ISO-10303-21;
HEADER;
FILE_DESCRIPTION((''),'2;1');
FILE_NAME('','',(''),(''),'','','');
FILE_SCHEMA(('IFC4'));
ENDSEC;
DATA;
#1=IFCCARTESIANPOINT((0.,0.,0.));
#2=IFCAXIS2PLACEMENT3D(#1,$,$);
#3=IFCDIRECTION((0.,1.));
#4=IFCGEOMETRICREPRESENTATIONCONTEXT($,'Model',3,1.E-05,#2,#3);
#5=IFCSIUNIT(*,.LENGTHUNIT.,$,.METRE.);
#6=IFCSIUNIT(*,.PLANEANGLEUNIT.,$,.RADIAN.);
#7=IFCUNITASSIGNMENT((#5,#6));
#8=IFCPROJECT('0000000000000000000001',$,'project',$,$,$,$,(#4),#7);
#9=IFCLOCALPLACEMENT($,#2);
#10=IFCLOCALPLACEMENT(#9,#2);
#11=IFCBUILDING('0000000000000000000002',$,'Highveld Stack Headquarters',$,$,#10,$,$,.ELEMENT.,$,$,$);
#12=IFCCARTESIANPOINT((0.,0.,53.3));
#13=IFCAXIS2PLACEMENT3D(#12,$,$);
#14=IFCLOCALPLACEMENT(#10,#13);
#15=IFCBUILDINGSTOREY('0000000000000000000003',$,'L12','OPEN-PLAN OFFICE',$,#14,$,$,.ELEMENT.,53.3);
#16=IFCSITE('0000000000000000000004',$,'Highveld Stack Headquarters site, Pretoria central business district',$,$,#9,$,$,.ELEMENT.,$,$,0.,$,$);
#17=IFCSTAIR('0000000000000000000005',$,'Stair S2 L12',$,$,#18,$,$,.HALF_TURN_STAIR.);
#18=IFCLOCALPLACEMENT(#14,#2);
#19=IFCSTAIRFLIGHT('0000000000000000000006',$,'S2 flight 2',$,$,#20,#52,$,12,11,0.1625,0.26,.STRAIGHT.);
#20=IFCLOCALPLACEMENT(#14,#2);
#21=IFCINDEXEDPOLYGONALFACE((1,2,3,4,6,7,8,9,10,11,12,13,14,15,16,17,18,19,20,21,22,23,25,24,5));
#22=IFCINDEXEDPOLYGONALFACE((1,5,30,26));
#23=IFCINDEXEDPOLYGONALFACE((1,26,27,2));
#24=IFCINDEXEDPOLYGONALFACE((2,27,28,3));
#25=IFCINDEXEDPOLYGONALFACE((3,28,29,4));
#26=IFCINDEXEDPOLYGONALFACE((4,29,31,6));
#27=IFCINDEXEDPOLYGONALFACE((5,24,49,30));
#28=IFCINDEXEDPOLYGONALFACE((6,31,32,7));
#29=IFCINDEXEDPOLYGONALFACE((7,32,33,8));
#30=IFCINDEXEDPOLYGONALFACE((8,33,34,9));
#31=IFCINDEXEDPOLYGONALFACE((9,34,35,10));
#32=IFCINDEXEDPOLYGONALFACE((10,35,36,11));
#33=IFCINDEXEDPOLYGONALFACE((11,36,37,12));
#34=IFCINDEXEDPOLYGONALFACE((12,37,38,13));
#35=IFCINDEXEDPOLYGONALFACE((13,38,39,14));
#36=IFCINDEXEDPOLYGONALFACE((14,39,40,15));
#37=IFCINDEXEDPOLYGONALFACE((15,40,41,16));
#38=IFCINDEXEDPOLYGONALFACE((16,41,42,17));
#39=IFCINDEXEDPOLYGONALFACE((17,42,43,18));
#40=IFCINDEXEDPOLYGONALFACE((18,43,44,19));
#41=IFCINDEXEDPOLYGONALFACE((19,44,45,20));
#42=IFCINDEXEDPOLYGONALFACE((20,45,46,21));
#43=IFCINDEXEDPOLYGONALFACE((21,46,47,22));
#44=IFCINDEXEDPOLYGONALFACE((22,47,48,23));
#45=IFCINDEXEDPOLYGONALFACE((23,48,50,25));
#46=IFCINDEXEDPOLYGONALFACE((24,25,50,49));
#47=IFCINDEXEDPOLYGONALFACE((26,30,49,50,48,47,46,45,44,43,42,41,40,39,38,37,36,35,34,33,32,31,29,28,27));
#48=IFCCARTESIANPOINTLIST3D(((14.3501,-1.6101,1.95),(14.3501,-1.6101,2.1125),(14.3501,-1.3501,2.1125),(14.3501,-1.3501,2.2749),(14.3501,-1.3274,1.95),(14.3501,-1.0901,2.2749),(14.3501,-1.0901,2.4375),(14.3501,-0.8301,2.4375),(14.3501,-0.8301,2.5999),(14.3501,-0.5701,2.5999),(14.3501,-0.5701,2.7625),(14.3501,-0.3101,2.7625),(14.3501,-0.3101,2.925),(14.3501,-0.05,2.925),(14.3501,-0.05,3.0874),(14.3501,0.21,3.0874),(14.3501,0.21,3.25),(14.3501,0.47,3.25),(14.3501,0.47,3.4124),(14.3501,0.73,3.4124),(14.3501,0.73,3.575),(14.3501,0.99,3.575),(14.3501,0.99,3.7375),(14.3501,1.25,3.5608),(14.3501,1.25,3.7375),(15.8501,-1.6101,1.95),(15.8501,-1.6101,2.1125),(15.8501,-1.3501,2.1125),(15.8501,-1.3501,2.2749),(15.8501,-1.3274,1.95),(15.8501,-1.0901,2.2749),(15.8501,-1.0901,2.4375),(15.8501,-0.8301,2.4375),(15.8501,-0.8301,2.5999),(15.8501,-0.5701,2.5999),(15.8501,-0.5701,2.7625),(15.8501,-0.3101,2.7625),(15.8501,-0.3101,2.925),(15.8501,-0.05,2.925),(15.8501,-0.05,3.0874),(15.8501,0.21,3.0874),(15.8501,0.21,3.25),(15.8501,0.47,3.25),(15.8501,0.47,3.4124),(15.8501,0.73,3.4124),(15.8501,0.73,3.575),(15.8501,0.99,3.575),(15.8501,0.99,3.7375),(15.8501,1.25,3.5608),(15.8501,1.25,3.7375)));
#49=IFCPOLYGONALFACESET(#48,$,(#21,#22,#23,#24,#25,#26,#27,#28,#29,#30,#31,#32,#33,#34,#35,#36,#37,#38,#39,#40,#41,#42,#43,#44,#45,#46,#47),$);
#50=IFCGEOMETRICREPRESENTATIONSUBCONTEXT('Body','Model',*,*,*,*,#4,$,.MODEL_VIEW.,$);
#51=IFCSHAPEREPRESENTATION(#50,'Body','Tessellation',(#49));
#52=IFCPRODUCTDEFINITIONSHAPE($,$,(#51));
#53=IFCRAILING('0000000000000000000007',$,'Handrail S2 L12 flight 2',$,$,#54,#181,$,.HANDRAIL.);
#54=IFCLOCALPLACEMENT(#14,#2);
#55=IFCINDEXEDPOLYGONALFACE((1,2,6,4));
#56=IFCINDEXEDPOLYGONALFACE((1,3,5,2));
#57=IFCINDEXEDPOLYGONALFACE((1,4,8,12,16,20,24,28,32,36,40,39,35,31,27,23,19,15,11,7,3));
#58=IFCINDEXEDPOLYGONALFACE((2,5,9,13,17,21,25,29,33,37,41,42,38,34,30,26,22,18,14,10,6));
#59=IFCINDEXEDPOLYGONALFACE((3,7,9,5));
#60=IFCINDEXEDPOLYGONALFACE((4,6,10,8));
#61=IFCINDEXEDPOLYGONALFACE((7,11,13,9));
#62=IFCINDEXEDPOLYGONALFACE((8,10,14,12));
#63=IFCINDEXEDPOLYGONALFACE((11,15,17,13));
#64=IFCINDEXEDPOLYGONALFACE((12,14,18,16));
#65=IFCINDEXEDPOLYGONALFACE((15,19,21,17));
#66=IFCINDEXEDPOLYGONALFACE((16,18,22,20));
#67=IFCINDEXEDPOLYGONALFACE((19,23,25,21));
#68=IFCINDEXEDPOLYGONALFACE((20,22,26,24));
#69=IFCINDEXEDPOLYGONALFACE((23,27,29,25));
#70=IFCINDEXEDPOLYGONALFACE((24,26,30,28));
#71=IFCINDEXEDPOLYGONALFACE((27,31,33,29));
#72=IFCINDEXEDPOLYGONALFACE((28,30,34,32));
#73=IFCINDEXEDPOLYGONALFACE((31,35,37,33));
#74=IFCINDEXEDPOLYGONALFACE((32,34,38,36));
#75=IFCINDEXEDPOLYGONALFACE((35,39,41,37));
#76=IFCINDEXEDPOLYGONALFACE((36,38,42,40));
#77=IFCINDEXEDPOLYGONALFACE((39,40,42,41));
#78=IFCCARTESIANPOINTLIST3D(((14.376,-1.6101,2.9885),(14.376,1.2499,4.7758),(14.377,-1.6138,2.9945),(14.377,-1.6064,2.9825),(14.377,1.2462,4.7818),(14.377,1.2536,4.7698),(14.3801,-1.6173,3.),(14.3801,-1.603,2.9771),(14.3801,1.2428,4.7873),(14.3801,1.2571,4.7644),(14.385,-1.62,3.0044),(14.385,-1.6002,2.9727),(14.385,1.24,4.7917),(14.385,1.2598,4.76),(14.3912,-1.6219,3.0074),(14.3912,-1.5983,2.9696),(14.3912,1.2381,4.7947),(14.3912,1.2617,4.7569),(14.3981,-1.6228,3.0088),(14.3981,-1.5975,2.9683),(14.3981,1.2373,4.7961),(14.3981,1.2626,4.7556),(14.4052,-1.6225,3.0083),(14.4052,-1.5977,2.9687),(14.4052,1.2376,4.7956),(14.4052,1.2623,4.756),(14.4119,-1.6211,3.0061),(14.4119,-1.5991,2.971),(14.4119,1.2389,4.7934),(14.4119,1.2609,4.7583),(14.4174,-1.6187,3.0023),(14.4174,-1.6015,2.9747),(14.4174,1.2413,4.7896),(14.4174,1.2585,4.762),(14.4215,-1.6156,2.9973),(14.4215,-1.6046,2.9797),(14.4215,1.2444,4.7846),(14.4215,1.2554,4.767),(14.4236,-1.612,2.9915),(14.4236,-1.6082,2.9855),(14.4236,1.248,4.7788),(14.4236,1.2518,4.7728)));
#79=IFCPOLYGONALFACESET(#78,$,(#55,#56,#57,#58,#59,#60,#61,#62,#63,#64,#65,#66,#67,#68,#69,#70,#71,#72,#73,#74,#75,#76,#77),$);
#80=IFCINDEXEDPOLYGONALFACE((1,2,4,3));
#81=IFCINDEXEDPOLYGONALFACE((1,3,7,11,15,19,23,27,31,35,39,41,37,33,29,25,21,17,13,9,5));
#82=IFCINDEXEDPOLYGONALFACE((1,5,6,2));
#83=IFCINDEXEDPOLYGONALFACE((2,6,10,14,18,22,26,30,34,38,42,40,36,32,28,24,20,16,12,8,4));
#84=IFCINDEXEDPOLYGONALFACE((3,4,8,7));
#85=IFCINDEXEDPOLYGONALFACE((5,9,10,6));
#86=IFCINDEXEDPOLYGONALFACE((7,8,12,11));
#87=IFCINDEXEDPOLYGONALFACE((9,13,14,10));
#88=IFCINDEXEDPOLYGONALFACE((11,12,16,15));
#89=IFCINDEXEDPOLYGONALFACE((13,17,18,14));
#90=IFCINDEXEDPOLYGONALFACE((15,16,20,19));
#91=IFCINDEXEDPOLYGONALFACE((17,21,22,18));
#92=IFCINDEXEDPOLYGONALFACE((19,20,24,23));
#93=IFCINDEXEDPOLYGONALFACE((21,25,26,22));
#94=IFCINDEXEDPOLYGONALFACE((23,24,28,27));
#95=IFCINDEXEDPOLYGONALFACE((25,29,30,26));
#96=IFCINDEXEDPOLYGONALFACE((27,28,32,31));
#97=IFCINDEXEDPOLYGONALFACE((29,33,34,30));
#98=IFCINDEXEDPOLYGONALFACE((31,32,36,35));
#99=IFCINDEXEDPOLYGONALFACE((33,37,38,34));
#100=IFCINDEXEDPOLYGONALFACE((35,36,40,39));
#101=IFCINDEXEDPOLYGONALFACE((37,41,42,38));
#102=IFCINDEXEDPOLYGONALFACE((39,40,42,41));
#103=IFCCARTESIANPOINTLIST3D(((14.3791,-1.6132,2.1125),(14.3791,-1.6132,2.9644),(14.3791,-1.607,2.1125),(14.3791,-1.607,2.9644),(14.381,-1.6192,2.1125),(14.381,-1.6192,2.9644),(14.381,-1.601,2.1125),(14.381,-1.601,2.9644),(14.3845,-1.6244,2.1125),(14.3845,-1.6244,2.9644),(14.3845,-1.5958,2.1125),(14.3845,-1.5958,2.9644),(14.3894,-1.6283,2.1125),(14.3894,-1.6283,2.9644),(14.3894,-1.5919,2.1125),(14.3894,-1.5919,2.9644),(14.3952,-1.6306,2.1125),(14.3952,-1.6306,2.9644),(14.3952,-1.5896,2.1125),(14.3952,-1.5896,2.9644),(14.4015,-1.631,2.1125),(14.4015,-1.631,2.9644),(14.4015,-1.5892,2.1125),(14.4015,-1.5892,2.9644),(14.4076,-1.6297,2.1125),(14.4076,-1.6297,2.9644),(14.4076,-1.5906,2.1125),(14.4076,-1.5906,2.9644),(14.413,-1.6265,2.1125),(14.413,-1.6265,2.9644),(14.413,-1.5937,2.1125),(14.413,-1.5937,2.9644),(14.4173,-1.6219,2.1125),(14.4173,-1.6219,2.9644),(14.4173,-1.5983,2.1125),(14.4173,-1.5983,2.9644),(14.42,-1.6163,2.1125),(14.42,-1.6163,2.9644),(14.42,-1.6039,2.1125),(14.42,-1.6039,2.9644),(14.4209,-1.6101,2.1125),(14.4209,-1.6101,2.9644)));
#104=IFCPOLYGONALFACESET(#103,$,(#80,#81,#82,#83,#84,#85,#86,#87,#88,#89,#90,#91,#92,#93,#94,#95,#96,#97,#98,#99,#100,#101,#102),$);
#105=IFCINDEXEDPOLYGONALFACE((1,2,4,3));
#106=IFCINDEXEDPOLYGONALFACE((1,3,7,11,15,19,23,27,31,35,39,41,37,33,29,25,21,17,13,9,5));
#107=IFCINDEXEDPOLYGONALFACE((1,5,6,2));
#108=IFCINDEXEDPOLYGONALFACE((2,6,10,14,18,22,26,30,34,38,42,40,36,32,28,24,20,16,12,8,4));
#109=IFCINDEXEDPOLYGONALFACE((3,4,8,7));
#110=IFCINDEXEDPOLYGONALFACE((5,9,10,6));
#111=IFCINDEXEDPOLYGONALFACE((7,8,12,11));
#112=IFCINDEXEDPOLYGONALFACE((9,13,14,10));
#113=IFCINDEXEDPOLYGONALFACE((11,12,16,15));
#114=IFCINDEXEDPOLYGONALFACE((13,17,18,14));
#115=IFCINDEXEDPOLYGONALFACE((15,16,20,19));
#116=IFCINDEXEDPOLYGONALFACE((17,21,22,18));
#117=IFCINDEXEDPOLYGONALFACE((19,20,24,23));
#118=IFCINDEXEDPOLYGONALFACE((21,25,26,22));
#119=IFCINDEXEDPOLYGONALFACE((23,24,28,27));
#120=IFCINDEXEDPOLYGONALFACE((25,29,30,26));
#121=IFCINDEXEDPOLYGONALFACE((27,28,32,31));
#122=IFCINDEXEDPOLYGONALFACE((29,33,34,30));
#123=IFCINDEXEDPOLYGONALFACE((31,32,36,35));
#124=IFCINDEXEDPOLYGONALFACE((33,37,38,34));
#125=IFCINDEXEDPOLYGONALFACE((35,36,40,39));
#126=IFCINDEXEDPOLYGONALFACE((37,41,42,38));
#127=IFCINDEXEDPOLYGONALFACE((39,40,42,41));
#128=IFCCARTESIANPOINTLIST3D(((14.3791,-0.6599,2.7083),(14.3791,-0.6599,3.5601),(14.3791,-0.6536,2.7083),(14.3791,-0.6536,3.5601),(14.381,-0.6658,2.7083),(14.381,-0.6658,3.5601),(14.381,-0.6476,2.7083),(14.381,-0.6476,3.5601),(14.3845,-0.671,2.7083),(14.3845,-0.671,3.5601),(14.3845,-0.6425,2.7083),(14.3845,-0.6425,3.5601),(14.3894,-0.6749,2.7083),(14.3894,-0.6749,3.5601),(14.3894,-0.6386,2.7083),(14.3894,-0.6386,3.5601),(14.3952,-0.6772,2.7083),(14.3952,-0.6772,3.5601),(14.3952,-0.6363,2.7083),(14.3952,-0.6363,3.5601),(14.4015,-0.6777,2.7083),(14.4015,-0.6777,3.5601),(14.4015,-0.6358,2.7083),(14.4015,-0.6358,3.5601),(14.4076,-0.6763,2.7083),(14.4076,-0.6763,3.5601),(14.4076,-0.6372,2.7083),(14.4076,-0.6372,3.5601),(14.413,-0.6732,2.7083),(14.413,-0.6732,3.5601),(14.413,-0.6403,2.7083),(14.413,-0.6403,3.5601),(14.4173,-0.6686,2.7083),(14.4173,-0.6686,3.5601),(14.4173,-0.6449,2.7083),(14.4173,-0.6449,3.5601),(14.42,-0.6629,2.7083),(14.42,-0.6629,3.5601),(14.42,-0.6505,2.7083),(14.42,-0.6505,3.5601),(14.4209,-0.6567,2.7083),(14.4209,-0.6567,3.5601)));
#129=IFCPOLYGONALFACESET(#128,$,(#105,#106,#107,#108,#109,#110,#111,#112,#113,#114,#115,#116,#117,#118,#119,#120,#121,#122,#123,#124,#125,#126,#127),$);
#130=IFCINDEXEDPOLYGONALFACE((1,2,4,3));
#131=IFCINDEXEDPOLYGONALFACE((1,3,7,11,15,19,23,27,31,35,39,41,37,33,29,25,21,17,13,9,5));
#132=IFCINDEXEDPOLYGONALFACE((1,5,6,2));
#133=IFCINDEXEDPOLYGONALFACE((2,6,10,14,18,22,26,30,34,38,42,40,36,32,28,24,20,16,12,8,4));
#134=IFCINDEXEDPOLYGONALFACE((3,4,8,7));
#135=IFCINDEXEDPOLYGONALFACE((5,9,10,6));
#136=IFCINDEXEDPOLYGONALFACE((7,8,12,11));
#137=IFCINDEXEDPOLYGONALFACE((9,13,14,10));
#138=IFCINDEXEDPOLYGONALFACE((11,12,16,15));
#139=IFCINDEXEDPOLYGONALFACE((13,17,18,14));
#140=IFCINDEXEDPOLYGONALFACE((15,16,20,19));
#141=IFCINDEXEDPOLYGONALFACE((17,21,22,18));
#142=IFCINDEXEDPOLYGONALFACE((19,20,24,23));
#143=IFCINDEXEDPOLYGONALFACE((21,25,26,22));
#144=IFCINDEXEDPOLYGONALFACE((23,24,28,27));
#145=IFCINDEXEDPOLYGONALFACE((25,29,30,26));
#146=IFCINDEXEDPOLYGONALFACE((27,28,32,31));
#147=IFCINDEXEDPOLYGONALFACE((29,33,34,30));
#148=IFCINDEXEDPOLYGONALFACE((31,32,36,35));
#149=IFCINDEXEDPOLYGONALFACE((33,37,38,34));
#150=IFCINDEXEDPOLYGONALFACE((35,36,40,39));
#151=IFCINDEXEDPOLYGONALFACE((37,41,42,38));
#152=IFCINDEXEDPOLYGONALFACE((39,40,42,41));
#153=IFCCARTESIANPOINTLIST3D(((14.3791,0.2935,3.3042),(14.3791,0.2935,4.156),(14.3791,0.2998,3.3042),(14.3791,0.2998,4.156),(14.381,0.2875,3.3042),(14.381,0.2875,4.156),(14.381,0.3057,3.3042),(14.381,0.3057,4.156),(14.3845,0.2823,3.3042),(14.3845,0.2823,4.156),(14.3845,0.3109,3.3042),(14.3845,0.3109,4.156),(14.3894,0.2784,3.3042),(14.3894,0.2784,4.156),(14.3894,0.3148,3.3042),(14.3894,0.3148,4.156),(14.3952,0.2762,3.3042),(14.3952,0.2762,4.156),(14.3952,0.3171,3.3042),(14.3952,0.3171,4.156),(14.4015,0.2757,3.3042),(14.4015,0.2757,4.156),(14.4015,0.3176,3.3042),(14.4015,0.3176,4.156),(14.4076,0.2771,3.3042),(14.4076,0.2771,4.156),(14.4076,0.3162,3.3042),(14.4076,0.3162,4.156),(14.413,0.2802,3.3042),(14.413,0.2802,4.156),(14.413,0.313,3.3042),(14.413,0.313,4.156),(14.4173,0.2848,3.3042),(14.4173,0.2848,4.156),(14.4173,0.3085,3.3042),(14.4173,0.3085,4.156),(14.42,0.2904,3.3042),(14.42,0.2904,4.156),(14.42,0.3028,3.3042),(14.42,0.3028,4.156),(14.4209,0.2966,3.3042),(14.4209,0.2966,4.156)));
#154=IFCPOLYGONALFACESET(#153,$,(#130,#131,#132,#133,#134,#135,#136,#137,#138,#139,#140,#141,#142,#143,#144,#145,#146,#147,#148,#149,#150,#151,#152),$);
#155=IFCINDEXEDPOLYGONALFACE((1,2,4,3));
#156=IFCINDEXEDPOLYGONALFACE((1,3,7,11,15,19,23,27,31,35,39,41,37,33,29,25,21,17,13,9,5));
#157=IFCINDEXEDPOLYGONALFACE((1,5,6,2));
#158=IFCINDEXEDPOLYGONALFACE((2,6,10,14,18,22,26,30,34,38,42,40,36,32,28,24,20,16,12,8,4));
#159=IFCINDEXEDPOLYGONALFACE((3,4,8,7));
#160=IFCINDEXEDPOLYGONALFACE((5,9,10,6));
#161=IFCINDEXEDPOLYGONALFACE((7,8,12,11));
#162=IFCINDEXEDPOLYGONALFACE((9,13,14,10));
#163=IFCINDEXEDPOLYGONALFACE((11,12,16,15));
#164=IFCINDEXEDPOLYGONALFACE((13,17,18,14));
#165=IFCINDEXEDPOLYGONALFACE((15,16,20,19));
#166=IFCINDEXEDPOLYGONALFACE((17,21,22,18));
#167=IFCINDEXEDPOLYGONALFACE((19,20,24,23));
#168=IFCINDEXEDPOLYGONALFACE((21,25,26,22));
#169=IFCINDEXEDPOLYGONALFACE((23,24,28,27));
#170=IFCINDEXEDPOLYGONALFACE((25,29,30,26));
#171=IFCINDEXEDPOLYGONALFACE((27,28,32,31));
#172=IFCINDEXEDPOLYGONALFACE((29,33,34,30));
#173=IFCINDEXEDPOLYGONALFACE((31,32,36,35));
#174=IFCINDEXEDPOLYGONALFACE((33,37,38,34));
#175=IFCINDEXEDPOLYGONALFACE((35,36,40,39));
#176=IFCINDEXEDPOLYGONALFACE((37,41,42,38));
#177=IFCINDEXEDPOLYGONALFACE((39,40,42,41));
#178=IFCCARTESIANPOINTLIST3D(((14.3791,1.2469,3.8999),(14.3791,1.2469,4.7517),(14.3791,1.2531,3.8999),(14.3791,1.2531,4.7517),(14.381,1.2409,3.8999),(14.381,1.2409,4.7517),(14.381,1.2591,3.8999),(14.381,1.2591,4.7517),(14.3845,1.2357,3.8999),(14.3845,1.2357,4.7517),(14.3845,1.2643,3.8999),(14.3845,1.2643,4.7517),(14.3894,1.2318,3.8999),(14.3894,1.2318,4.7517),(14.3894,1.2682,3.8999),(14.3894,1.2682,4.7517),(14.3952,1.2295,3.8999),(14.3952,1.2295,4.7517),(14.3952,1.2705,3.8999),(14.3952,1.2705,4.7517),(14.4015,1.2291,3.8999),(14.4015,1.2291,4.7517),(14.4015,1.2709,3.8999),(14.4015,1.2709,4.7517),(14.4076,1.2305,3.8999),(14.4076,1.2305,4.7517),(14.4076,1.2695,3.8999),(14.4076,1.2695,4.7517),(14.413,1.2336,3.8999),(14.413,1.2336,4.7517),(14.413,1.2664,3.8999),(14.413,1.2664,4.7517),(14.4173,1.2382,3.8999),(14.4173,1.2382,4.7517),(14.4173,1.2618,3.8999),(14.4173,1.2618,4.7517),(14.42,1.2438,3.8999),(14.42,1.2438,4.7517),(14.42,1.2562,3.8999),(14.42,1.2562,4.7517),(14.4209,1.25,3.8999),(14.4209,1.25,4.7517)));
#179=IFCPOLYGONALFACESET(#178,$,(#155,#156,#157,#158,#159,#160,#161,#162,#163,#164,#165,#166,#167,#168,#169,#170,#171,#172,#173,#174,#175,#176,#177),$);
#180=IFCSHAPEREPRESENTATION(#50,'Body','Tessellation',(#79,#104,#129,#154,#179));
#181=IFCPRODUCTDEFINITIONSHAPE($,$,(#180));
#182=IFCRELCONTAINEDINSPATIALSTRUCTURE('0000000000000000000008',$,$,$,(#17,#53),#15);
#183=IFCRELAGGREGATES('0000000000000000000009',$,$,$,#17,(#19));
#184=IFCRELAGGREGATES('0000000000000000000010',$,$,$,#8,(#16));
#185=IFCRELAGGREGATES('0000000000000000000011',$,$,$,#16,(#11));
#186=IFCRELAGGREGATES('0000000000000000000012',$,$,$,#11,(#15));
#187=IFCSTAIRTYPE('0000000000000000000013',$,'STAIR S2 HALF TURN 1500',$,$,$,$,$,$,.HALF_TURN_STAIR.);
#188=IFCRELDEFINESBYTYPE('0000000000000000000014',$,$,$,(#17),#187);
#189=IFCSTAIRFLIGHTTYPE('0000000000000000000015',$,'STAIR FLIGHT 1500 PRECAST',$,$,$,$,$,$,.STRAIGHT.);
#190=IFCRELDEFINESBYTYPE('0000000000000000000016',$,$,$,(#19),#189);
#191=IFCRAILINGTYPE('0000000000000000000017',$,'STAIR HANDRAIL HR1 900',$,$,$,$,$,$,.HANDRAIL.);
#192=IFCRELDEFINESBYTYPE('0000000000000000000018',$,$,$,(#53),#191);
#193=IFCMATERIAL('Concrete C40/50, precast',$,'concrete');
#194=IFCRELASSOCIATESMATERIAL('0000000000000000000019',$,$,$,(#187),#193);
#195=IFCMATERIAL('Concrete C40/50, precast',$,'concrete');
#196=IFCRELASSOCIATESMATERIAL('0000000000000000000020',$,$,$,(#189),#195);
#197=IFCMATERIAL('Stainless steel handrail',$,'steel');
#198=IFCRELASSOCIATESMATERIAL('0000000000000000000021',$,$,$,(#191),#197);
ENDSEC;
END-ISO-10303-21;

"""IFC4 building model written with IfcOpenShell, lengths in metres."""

from ifc_helpers import new_model, si_unit, direction, frame, origin, origin_2d, place, context, subcontext, project, spatial, polyline, circle, outline, extrude, material, type_object, element, aggregate, save


model = new_model("IFC4")

# Units and contexts
model_context = context("Model", 3, precision=1e-05, world=origin(), true_north=direction((0.0, 1.0)))
body_context = subcontext(model_context, "Body", "Model", "MODEL_VIEW")
ifc_project = project(units=[si_unit("LENGTHUNIT", "METRE"), si_unit("PLANEANGLEUNIT", "RADIAN")], contexts=[model_context])

# Site, building, storey
site_placement = place(None, origin())
site = spatial("IfcSite", under=ifc_project, at=site_placement, Name="Highveld Stack Headquarters site, Pretoria central business district", CompositionType="ELEMENT", RefElevation=0.0)
building_placement = place(site_placement, origin())
building = spatial("IfcBuilding", under=site, at=building_placement, Name="Highveld Stack Headquarters", CompositionType="ELEMENT")
storey_placement = place(building_placement, frame((0.0, 0.0, 53.3)))
storey = spatial("IfcBuildingStorey", under=building, at=storey_placement, Name="L12", Description="OPEN-PLAN OFFICE", CompositionType="ELEMENT", Elevation=53.3)

# Stair, stair flight
ifc_material_1 = material(Name="Concrete C40/50, precast", Category="concrete")
stair_type = type_object("IfcStairType", Name="STAIR S2 HALF TURN 1500", PredefinedType="HALF_TURN_STAIR", material=ifc_material_1)
stair_placement = place(storey_placement, origin())
stair = element("IfcStair", 1, at=stair_placement, inside=storey, type_object=stair_type, Name="Stair S2 L12", PredefinedType="HALF_TURN_STAIR")
ifc_material_2 = material(Name="Concrete C40/50, precast", Category="concrete")
stair_flight_type = type_object("IfcStairFlightType", Name="STAIR FLIGHT 1500 PRECAST", PredefinedType="STRAIGHT", material=ifc_material_2)
stair_flight_placement = place(storey_placement, frame((15.1001, -1.6101, 1.95), z_axis=(0.0, 0.0, 1.0), x_axis=(0.0, 1.0, 0.0)))
stair_flight = element("IfcStairFlight", 2, at=stair_flight_placement, type_object=stair_flight_type, Name="S2 flight 2", NumberOfRisers=12, NumberOfTreads=11, PredefinedType="STRAIGHT", RiserHeight=0.1625, TreadLength=0.26, context=body_context, shape_type="SweptSolid", body=[
    extrude(outline(polyline([(0.0, 0.0), (0.0, 0.1626), (0.26, 0.1626), (0.26, 0.325), (0.52, 0.325), (0.52, 0.4875), (0.78, 0.4875), (0.78, 0.6499), (1.04, 0.6499), (1.04, 0.8125), (1.3, 0.8125), (1.3, 0.9751), (1.5601, 0.9751), (1.5601, 1.1375), (1.8201, 1.1375), (1.8201, 1.3), (2.0801, 1.3), (2.0801, 1.4624), (2.3401, 1.4624), (2.3401, 1.625), (2.6001, 1.625), (2.6001, 1.7876), (2.8601, 1.7876), (2.8601, 1.95), (2.8601, 1.6108), (0.2827, 0.0), (0.0, 0.0)])), frame((0.0, 0.75, 0.0), z_axis=(0.0, -1.0, 0.0), x_axis=(1.0, 0.0, 0.0)), (0.0, 0.0, 1.0), 1.5),
])
aggregate(stair, [stair_flight])

# Railing
ifc_material_3 = material(Name="Stainless steel handrail", Category="steel")
railing_type = type_object("IfcRailingType", Name="STAIR HANDRAIL HR1 900", PredefinedType="HANDRAIL", material=ifc_material_3)
for number, where, name in (
    (3, (14.3999, -1.6101, 2.1125), "Handrail S2 L12 flight 2"),
):
    element("IfcRailing", number, at=place(storey_placement, frame(where)), inside=storey, type_object=railing_type, Name=name, PredefinedType="HANDRAIL", context=body_context, shape_type="SweptSolid", body=[
        extrude(circle(Radius=0.0239, at=origin_2d()), frame((0.0, 0.0, 0.876), z_axis=(0.0, 0.848027, 0.529953), x_axis=(-1.0, 0.0, 0.0)), (0.0, 0.0, 1.0), 3.3726),
        extrude(circle(Radius=0.021, at=origin_2d()), origin(), (0.0, 0.0, 1.0), 0.8518),
        extrude(circle(Radius=0.021, at=origin_2d()), frame((0.0, 0.9534, 0.5957)), (0.0, 0.0, 1.0), 0.8518),
        extrude(circle(Radius=0.021, at=origin_2d()), frame((0.0, 1.9067, 1.1917)), (0.0, 0.0, 1.0), 0.8518),
        extrude(circle(Radius=0.021, at=origin_2d()), frame((0.0, 2.8601, 1.7874)), (0.0, 0.0, 1.0), 0.8518),
    ])

save(model, "model.ifc")
